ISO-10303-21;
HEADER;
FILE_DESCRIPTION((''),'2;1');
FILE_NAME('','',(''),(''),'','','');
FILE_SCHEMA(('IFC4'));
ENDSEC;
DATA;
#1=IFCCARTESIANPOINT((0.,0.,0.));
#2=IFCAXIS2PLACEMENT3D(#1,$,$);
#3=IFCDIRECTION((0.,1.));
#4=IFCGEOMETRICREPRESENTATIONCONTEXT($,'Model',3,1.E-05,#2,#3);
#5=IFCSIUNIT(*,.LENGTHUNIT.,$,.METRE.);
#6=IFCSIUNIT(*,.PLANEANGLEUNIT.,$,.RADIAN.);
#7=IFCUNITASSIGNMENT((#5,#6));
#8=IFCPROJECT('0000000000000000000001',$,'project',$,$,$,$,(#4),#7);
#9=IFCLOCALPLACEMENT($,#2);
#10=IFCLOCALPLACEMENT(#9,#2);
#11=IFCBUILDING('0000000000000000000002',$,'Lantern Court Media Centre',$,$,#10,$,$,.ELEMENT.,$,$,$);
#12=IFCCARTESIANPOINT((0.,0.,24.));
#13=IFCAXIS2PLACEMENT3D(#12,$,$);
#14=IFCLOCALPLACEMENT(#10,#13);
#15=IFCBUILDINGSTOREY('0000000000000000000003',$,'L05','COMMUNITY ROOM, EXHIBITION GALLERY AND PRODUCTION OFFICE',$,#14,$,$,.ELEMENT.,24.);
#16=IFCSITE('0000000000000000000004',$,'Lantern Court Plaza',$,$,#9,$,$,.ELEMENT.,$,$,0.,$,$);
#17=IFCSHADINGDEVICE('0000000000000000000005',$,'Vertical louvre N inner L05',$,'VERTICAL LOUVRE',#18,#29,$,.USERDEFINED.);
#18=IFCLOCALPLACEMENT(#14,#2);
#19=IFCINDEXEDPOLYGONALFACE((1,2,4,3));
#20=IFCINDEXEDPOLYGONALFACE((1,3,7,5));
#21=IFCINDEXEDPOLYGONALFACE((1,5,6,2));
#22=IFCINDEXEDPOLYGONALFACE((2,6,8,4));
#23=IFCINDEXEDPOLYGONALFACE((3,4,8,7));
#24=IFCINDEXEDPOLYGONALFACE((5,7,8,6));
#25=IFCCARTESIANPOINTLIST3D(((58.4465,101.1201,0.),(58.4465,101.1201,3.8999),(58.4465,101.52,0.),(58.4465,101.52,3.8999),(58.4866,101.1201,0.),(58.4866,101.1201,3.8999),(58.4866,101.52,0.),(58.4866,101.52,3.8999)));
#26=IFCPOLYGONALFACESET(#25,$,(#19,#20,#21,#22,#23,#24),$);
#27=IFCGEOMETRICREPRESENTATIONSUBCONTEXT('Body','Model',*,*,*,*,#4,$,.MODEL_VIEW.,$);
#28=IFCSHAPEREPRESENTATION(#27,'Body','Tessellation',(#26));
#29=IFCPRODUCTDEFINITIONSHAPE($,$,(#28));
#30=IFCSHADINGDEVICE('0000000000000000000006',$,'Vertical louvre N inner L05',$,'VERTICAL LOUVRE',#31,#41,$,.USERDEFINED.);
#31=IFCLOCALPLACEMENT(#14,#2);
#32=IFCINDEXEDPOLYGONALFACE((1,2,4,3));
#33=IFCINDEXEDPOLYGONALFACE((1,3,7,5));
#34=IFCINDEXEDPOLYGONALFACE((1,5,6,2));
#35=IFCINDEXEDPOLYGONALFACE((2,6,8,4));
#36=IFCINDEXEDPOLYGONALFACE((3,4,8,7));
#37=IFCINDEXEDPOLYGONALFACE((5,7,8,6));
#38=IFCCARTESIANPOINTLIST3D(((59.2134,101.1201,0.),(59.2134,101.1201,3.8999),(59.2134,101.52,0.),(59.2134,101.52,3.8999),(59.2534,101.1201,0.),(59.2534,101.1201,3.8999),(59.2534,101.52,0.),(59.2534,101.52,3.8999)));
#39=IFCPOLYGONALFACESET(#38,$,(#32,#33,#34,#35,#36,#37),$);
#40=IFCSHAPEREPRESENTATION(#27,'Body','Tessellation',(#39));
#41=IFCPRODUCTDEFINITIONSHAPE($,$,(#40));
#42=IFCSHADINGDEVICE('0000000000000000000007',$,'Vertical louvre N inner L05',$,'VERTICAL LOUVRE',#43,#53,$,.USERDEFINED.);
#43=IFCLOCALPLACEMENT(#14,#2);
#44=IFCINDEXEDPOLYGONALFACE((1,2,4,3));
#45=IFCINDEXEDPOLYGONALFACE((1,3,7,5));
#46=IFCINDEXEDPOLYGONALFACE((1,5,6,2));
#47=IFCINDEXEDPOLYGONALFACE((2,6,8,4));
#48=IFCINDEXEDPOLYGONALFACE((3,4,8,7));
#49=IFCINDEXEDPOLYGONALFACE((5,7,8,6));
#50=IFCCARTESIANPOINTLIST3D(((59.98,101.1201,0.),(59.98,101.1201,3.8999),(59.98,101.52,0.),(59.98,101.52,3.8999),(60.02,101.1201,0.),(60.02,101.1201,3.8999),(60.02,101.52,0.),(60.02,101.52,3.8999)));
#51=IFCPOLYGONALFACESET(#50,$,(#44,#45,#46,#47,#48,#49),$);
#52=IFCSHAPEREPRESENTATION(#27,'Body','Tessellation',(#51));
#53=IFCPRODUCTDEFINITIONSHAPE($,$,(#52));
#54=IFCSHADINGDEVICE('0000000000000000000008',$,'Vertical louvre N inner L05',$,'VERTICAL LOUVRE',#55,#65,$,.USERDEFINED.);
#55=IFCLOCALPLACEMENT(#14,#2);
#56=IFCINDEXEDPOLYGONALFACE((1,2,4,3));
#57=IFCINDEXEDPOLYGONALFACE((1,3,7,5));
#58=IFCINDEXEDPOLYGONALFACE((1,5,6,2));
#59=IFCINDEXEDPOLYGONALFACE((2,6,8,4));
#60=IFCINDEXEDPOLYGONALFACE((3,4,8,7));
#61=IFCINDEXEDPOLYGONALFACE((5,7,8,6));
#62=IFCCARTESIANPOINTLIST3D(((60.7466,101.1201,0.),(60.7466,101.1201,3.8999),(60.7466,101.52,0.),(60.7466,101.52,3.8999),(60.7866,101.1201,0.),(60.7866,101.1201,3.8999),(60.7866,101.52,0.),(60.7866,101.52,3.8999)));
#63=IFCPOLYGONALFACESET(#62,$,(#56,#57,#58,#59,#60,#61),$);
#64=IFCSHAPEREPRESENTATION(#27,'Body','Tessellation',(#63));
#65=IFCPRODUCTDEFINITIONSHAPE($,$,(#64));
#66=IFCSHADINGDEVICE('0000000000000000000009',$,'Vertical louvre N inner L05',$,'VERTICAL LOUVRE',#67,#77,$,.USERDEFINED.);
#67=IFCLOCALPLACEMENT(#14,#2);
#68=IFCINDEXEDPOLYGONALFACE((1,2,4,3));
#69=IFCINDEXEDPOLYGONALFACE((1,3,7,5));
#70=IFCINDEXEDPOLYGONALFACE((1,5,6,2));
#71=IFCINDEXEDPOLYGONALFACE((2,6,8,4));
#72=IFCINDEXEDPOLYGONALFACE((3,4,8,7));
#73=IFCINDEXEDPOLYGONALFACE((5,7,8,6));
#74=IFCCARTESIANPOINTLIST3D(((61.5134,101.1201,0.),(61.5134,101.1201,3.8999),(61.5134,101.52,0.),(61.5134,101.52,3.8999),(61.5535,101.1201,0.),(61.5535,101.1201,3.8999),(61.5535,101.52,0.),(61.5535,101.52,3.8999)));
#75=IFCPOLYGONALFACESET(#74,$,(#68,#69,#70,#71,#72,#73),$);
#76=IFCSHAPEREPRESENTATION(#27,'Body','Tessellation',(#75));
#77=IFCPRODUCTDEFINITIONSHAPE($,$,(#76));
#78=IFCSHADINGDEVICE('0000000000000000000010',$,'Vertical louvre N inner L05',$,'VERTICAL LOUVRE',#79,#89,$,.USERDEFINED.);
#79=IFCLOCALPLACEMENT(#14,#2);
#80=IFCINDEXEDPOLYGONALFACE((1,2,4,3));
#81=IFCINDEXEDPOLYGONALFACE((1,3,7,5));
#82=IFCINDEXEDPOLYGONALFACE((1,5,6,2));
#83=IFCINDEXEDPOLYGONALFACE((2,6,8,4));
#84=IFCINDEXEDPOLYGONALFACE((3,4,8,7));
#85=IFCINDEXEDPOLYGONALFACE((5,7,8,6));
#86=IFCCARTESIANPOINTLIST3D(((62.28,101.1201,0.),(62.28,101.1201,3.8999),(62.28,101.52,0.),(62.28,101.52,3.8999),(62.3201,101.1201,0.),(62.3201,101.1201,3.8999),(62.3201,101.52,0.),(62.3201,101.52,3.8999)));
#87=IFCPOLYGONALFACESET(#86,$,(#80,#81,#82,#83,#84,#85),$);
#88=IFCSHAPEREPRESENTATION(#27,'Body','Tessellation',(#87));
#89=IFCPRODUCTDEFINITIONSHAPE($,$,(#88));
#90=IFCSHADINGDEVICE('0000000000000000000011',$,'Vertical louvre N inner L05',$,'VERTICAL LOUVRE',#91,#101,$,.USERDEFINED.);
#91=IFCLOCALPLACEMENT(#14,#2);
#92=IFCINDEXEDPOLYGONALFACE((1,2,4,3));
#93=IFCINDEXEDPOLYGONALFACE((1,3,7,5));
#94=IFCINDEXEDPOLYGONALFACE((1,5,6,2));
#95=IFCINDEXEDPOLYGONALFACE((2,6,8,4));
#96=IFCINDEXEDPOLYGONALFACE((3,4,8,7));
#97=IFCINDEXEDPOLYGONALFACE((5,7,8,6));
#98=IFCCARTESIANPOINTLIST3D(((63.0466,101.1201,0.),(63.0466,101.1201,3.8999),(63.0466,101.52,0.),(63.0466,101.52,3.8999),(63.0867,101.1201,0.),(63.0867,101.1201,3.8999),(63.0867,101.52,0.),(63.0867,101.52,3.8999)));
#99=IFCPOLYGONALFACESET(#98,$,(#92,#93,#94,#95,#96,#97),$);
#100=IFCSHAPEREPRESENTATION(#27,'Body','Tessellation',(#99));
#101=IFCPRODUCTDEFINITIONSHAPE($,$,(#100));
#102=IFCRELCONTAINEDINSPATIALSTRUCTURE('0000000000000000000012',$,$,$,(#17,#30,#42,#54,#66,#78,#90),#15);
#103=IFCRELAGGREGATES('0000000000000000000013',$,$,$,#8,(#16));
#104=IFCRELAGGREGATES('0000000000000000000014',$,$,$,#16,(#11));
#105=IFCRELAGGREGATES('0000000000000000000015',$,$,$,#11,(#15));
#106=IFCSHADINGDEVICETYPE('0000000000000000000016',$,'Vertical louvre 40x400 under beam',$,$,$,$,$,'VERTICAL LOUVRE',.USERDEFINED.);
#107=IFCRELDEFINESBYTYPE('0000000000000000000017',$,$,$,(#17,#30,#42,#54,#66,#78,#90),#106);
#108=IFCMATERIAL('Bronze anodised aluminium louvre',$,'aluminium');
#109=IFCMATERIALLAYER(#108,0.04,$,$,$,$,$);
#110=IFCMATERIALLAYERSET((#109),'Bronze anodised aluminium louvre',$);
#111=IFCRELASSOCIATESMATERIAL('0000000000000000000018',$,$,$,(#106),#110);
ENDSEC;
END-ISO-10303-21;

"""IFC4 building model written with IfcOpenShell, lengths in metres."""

from ifc_helpers import new_model, si_unit, direction, frame, origin, origin_2d, place, context, subcontext, project, spatial, rectangle, extrude, material, layer, layer_set, type_object, element, save


model = new_model("IFC4")

# Units and contexts
model_context = context("Model", 3, precision=1e-05, world=origin(), true_north=direction((0.0, 1.0)))
body_context = subcontext(model_context, "Body", "Model", "MODEL_VIEW")
ifc_project = project(units=[si_unit("LENGTHUNIT", "METRE"), si_unit("PLANEANGLEUNIT", "RADIAN")], contexts=[model_context])

# Site, building, storey
site_placement = place(None, origin())
site = spatial("IfcSite", under=ifc_project, at=site_placement, Name="Lantern Court Plaza", CompositionType="ELEMENT", RefElevation=0.0)
building_placement = place(site_placement, origin())
building = spatial("IfcBuilding", under=site, at=building_placement, Name="Lantern Court Media Centre", CompositionType="ELEMENT")
storey_placement = place(building_placement, frame((0.0, 0.0, 24.0)))
storey = spatial("IfcBuildingStorey", under=building, at=storey_placement, Name="L05", Description="COMMUNITY ROOM, EXHIBITION GALLERY AND PRODUCTION OFFICE", CompositionType="ELEMENT", Elevation=24.0)

# Shading devices
ifc_material_1 = material(Name="Bronze anodised aluminium louvre", Category="aluminium")
ifc_layer_1 = layer(ifc_material_1, 0.04)
ifc_layer_set_1 = layer_set([ifc_layer_1], Name="Bronze anodised aluminium louvre")
shading_device_type = type_object("IfcShadingDeviceType", Name="Vertical louvre 40x400 under beam", ElementType="VERTICAL LOUVRE", PredefinedType="USERDEFINED", material=ifc_layer_set_1)
for number, where, z_axis, x_axis, name in (
    (1, (58.4666, 101.3201, 0.0), (0.0, 0.0, 1.0), (1.0, 0.0, 0.0), "Vertical louvre N inner L05"),
    (2, (59.2334, 101.3201, 0.0), (0.0, 0.0, 1.0), (1.0, 0.0, 0.0), "Vertical louvre N inner L05"),
    (3, (60.0, 101.3201, 0.0), (0.0, 0.0, 1.0), (1.0, 0.0, 0.0), "Vertical louvre N inner L05"),
    (4, (60.7666, 101.3201, 0.0), (0.0, 0.0, 1.0), (1.0, 0.0, 0.0), "Vertical louvre N inner L05"),
    (5, (61.5334, 101.3201, 0.0), (0.0, 0.0, 1.0), (1.0, 0.0, 0.0), "Vertical louvre N inner L05"),
    (6, (62.3, 101.3201, 0.0), (0.0, 0.0, 1.0), (1.0, 0.0, 0.0), "Vertical louvre N inner L05"),
    (7, (63.0667, 101.3201, 0.0), (0.0, 0.0, 1.0), (1.0, 0.0, 0.0), "Vertical louvre N inner L05"),
):
    element("IfcShadingDevice", number, at=place(storey_placement, frame(where, z_axis=z_axis, x_axis=x_axis)), inside=storey, type_object=shading_device_type, Name=name, ObjectType="VERTICAL LOUVRE", PredefinedType="USERDEFINED", context=body_context, shape_type="SweptSolid", body=[
        extrude(rectangle(XDim=0.04, YDim=0.3999, at=origin_2d()), origin(), (0.0, 0.0, 1.0), 3.8999),
    ])

save(model, "model.ifc")
